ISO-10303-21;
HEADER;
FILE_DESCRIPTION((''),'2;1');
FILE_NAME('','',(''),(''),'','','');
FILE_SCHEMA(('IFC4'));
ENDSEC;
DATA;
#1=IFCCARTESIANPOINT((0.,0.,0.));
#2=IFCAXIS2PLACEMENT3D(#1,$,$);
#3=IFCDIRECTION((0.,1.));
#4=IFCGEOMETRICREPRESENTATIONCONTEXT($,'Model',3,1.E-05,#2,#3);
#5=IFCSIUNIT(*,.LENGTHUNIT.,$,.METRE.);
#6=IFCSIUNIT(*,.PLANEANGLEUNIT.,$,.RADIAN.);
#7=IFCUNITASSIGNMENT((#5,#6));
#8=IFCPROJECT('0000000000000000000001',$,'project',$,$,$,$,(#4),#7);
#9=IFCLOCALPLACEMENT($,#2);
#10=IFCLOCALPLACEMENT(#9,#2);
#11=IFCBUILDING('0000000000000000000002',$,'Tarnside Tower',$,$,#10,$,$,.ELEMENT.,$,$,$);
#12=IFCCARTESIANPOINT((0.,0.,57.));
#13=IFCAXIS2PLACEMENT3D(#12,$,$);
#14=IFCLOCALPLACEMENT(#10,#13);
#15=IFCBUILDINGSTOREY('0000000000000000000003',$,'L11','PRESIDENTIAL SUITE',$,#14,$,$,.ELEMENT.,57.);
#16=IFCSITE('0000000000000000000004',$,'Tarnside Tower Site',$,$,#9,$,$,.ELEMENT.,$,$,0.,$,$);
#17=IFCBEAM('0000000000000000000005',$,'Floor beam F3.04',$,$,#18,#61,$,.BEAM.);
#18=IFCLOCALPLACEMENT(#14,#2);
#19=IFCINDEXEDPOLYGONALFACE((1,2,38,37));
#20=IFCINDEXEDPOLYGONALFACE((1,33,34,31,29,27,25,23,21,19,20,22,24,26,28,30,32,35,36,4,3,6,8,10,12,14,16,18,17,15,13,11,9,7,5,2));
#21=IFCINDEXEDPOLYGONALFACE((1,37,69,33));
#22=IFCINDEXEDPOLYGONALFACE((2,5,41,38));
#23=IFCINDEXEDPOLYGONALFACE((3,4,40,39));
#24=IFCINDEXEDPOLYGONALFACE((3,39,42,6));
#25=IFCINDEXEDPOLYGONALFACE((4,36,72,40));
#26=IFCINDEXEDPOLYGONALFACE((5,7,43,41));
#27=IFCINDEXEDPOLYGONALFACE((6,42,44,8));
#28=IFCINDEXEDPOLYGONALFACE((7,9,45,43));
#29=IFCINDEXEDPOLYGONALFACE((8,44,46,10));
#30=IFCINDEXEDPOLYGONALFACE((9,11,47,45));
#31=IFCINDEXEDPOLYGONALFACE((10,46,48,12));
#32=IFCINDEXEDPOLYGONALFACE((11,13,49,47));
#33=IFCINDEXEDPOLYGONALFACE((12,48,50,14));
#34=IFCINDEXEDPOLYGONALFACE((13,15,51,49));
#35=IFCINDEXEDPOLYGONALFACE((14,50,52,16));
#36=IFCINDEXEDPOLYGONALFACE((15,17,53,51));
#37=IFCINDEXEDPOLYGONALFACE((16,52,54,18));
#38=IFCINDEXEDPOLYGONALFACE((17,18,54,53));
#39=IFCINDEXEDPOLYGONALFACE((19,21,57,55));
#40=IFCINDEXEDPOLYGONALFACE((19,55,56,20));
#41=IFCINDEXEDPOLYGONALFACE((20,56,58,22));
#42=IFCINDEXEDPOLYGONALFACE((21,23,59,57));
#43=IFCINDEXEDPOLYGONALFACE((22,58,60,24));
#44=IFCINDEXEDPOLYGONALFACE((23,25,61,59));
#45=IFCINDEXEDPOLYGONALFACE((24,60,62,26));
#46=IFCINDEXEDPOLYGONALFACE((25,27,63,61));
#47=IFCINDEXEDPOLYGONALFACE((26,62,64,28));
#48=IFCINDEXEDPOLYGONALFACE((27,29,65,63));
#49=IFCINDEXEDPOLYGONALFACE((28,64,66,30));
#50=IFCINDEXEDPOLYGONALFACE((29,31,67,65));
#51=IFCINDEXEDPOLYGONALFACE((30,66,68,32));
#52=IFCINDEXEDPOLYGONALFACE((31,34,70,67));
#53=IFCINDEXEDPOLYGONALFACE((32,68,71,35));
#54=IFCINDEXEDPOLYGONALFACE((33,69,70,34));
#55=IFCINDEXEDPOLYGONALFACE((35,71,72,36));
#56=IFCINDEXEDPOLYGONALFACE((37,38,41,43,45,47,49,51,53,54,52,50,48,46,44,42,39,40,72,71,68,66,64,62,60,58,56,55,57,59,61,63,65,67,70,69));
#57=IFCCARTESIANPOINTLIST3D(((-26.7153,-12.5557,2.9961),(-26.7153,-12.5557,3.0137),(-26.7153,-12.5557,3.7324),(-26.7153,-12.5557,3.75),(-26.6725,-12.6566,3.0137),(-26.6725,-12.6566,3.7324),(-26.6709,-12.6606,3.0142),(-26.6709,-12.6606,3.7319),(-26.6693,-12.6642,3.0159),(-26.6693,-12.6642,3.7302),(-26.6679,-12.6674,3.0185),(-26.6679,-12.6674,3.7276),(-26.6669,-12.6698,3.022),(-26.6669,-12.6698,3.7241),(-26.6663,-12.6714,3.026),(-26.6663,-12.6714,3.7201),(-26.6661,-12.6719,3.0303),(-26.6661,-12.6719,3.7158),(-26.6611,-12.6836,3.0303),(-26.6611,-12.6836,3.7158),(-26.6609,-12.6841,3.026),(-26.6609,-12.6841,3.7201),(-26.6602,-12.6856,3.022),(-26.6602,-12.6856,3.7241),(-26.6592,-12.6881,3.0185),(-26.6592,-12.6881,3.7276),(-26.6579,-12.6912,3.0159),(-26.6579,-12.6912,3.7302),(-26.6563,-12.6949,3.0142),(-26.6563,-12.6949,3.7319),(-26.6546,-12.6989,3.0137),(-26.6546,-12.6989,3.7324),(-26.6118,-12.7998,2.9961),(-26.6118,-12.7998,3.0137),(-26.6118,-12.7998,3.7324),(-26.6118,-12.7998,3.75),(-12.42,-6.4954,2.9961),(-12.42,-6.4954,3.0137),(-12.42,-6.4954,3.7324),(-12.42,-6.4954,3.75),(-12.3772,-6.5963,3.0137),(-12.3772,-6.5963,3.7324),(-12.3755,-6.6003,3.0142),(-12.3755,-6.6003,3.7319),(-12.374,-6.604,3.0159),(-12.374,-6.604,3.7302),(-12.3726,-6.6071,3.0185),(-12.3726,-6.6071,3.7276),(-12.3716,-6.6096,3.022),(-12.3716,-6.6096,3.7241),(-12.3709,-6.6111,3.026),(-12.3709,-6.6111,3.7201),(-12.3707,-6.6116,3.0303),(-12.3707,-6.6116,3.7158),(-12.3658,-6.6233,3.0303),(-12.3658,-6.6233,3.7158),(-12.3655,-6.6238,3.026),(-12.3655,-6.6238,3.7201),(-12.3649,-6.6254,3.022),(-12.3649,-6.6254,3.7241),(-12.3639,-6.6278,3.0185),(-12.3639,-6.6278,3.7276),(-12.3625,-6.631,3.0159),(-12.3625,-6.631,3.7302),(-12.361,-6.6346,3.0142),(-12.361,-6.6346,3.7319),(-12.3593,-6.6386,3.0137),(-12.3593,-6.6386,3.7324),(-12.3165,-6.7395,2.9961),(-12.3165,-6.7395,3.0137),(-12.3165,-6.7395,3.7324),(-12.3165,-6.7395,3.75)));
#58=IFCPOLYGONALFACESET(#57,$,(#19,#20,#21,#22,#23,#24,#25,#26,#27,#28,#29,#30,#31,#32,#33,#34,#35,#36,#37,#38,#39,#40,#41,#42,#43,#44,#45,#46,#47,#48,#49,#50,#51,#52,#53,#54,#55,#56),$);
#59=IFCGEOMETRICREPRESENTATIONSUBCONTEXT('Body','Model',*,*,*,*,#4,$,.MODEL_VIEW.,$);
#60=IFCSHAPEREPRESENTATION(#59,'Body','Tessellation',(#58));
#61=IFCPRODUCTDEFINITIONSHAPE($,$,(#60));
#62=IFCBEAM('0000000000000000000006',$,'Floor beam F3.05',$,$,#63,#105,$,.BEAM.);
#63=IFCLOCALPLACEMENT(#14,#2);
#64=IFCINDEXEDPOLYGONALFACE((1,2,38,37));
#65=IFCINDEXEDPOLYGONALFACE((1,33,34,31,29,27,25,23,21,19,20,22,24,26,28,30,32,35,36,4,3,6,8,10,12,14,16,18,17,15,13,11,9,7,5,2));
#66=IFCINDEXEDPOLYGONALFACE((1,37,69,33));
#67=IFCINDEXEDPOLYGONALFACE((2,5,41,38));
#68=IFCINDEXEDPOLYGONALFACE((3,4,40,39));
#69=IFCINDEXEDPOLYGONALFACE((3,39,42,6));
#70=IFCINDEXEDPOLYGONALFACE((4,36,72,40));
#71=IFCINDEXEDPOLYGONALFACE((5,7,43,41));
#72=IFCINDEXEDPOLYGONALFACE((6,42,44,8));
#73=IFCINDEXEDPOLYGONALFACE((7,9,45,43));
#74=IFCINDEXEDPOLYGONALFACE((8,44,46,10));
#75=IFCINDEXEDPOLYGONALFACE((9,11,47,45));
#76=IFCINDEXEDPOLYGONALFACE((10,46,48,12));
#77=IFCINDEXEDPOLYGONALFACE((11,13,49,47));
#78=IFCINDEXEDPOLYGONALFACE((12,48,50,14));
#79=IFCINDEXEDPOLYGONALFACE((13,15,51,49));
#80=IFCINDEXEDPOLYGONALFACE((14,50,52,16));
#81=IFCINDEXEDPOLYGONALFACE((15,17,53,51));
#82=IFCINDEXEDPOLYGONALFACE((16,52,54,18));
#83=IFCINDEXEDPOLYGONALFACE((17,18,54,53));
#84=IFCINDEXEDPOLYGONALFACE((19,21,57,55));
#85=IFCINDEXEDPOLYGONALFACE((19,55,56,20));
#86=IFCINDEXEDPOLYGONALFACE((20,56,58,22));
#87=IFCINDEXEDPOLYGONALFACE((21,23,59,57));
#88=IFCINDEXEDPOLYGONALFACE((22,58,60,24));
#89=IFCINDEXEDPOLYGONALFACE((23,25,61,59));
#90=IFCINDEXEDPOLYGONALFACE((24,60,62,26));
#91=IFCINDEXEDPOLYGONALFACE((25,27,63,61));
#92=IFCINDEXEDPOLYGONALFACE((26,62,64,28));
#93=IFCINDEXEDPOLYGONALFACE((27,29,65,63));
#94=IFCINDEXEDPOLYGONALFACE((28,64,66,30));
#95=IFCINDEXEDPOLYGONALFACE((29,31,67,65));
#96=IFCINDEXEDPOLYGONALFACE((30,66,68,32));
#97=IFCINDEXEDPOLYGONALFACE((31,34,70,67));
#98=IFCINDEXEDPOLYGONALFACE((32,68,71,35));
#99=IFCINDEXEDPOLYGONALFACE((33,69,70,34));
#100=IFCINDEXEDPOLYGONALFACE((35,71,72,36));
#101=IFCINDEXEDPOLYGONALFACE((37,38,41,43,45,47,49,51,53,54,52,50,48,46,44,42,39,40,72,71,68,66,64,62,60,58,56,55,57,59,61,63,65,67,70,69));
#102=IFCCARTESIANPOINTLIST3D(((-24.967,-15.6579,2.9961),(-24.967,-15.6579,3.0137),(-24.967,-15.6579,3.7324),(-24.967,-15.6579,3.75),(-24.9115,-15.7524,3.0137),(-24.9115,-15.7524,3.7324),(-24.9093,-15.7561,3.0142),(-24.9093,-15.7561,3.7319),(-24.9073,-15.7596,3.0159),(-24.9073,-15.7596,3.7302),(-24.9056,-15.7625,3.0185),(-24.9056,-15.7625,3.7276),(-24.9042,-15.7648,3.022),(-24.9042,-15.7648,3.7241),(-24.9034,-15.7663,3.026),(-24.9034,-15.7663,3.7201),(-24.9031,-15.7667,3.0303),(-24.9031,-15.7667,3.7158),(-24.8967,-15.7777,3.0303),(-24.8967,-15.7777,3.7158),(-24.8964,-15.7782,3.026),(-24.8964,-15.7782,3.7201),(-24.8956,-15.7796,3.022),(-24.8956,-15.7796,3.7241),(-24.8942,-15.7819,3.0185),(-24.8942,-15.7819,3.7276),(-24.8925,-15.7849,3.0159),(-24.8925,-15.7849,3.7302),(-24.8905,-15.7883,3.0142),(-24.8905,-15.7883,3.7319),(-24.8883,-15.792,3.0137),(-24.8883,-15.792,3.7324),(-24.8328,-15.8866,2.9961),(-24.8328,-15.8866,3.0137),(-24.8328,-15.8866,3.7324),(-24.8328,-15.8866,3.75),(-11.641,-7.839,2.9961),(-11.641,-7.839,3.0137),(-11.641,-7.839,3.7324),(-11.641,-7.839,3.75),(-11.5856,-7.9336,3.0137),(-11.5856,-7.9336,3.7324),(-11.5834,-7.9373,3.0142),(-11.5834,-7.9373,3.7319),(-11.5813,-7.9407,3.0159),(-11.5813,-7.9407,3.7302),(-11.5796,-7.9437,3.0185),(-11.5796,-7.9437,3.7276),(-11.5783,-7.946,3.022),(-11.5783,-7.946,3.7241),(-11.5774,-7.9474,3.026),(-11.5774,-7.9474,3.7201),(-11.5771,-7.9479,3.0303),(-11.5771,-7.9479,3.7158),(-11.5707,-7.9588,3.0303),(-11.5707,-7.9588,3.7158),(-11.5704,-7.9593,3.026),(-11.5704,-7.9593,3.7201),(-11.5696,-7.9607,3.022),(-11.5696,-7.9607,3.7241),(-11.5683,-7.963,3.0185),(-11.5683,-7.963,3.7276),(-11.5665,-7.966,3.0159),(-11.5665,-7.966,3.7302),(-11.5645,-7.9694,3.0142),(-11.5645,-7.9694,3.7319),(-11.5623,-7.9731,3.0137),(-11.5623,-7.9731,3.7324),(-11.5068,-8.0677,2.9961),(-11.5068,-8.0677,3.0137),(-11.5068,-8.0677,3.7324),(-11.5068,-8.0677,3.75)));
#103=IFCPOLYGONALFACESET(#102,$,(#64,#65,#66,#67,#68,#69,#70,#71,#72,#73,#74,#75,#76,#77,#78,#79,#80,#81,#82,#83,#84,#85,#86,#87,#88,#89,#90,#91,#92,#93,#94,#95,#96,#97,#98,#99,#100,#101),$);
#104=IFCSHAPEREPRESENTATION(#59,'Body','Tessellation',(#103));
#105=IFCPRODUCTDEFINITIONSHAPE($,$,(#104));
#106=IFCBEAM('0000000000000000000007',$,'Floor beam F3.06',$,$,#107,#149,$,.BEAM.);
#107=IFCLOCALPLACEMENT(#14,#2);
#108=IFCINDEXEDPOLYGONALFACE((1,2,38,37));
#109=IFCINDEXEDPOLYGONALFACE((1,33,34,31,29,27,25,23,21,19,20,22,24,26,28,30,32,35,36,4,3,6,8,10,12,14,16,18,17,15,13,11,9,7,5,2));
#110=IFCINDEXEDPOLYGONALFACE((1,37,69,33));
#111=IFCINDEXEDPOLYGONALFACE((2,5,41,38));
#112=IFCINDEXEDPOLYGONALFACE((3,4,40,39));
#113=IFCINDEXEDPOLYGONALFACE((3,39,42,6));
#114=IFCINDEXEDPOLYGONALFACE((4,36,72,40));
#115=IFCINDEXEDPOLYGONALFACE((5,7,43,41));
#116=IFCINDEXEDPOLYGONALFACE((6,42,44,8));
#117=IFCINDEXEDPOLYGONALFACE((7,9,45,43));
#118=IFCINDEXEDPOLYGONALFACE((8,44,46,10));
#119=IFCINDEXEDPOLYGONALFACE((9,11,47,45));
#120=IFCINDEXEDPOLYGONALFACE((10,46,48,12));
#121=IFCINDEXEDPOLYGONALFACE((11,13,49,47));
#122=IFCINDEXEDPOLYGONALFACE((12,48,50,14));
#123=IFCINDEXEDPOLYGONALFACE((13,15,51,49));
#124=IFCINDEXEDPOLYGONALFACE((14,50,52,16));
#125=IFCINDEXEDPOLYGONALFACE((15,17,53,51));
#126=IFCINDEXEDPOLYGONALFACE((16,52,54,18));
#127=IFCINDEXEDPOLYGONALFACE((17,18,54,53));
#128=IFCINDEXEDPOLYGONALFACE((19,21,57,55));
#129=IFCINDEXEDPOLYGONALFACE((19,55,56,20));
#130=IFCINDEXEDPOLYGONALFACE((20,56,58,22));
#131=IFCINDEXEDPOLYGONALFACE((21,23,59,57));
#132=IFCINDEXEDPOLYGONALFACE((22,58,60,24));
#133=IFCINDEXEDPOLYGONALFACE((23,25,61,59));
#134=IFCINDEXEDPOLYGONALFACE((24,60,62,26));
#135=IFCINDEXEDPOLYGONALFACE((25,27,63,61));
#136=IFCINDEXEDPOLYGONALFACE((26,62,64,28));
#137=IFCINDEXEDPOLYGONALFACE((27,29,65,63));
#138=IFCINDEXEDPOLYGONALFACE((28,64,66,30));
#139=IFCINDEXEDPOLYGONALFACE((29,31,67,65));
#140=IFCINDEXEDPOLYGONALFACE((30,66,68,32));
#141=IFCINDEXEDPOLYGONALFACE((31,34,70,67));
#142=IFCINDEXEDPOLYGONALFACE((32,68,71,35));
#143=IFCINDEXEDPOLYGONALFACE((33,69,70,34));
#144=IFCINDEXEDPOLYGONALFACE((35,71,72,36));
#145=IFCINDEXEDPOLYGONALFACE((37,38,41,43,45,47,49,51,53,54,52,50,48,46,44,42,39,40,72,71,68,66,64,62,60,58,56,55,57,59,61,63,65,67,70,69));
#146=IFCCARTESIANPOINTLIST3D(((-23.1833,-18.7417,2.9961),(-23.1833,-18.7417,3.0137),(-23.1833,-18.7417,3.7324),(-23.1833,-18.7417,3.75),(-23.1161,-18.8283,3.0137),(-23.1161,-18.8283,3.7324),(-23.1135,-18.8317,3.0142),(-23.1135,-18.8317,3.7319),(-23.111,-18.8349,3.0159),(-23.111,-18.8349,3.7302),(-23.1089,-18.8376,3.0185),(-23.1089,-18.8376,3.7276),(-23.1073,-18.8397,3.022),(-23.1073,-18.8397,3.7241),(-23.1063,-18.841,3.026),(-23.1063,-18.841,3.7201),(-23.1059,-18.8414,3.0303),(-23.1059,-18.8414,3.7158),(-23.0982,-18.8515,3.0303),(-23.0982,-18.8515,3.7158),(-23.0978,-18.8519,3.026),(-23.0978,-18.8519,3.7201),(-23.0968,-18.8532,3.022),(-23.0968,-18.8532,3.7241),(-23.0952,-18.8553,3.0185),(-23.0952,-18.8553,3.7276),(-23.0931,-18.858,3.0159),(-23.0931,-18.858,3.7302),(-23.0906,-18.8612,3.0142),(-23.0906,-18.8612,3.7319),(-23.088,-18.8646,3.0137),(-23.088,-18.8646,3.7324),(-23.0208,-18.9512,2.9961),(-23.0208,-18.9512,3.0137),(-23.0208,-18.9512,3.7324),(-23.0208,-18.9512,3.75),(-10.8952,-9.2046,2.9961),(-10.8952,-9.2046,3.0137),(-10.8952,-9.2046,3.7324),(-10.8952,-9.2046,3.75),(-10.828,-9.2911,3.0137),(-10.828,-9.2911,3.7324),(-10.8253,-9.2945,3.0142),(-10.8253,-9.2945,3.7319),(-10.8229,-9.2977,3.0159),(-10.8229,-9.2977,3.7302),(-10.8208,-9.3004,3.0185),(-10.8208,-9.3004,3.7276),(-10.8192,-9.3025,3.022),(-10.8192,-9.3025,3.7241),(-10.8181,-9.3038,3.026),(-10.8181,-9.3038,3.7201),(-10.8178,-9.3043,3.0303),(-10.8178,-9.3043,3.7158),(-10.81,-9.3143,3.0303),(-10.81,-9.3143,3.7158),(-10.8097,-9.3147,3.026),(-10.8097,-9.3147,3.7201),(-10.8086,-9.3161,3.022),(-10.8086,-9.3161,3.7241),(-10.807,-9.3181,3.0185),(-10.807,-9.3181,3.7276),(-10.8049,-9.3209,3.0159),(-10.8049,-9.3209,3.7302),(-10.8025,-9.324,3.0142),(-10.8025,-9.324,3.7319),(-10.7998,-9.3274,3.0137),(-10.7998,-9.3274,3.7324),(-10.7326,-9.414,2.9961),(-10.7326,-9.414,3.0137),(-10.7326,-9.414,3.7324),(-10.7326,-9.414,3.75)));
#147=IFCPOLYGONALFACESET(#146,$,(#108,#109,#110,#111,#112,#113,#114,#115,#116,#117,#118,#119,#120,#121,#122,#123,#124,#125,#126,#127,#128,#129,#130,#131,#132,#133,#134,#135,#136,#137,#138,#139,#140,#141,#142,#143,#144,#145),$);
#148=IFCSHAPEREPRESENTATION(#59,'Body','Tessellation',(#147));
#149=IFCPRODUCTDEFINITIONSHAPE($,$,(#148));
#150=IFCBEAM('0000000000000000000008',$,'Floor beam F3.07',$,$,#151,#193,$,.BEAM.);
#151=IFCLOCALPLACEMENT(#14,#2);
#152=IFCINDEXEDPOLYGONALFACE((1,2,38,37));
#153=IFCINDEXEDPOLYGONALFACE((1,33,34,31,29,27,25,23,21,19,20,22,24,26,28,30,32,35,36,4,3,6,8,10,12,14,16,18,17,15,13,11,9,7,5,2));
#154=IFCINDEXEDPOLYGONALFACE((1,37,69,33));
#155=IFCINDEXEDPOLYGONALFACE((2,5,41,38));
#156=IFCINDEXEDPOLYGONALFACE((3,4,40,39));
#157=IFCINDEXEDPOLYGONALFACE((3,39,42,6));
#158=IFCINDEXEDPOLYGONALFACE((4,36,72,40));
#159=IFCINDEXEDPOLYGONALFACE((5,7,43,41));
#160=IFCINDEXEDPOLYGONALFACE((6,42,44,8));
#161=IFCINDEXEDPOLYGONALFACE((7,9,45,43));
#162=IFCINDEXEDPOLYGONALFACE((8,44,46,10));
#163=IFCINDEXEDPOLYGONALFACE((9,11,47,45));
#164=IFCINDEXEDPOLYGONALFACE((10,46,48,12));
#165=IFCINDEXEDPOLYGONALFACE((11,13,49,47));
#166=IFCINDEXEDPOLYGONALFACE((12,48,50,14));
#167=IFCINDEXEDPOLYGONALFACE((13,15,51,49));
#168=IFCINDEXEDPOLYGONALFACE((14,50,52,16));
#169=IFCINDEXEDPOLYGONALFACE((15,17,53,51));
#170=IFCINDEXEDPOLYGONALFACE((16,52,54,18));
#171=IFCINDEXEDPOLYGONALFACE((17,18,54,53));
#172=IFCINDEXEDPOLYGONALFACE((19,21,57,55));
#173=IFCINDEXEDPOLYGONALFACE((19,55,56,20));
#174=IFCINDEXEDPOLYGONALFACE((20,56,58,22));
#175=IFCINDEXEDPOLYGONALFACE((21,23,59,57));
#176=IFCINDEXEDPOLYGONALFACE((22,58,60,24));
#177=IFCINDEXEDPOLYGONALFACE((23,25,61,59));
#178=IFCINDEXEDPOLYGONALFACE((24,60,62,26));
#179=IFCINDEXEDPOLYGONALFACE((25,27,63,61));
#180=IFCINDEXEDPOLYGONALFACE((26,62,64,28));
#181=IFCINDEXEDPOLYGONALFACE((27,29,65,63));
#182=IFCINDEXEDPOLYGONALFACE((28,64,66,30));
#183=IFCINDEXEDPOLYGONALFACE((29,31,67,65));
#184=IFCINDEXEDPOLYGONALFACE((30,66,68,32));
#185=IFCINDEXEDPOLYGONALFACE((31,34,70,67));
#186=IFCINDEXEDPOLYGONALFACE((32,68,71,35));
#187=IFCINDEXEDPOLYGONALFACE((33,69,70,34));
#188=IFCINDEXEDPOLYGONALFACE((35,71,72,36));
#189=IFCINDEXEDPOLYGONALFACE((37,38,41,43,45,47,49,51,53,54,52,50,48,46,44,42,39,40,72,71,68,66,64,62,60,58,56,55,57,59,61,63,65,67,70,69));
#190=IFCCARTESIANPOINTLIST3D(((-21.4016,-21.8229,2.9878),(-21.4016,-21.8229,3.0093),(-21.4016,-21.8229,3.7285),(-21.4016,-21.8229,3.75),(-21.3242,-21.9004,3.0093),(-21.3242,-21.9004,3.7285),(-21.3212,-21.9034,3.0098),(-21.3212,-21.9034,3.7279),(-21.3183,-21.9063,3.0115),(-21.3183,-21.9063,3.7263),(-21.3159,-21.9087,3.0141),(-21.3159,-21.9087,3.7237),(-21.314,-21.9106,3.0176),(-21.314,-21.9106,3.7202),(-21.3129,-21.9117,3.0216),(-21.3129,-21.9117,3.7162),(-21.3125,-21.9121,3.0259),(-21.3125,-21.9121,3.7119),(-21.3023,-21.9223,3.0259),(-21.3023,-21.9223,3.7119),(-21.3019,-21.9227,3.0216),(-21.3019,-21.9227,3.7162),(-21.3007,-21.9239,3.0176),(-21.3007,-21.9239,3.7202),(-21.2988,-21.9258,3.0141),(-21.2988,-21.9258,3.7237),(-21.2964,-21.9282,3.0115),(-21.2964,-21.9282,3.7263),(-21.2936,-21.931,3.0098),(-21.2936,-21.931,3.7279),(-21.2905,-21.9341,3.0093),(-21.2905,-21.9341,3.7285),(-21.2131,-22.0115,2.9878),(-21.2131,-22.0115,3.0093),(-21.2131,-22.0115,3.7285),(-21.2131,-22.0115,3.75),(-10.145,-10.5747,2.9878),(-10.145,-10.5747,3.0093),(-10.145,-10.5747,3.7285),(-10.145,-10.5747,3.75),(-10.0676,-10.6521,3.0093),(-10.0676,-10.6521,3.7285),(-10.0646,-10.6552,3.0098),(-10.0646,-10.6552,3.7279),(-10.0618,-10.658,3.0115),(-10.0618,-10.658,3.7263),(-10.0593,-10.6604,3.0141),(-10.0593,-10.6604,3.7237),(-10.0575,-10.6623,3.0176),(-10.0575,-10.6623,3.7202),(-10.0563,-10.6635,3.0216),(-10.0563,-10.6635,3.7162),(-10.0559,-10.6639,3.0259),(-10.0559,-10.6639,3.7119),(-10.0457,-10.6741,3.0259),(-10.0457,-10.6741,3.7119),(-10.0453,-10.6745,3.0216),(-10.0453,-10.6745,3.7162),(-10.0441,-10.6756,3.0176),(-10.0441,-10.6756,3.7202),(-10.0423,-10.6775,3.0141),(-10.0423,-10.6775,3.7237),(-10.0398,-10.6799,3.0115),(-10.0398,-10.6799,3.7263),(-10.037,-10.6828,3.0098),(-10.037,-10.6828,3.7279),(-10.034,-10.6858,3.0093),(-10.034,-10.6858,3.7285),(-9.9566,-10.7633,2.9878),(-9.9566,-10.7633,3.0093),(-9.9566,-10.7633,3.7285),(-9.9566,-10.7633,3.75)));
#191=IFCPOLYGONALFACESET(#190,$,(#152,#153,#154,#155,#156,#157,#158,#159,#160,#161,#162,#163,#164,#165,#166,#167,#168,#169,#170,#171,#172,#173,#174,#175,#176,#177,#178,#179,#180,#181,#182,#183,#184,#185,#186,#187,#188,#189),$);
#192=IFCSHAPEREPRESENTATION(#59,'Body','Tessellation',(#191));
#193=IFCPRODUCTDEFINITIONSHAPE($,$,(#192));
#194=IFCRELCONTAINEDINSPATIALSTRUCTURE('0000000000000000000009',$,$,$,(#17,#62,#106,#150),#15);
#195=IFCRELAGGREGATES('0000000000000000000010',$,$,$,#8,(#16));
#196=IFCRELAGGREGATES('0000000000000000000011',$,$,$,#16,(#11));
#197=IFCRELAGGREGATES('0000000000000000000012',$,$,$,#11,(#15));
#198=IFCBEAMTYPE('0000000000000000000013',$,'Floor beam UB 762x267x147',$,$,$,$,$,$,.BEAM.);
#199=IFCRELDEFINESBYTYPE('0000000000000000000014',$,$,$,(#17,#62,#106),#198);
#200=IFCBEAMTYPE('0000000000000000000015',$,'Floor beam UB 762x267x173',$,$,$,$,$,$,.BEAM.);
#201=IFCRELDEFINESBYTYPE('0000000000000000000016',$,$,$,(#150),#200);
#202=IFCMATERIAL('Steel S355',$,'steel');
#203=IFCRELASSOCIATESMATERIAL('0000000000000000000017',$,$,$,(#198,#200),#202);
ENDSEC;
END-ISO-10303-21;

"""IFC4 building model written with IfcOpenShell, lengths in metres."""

from ifc_helpers import new_model, si_unit, direction, frame, origin, origin_2d, place, context, subcontext, project, spatial, i_section, extrude, material, material_profile, profile_set, type_object, element, save


model = new_model("IFC4")

# Units and contexts
model_context = context("Model", 3, precision=1e-05, world=origin(), true_north=direction((0.0, 1.0)))
body_context = subcontext(model_context, "Body", "Model", "MODEL_VIEW")
ifc_project = project(units=[si_unit("LENGTHUNIT", "METRE"), si_unit("PLANEANGLEUNIT", "RADIAN")], contexts=[model_context])

# Site, building, storey
site_placement = place(None, origin())
site = spatial("IfcSite", under=ifc_project, at=site_placement, Name="Tarnside Tower Site", CompositionType="ELEMENT", RefElevation=0.0)
building_placement = place(site_placement, origin())
building = spatial("IfcBuilding", under=site, at=building_placement, Name="Tarnside Tower", CompositionType="ELEMENT")
storey_placement = place(building_placement, frame((0.0, 0.0, 57.0)))
storey = spatial("IfcBuildingStorey", under=building, at=storey_placement, Name="L11", Description="PRESIDENTIAL SUITE", CompositionType="ELEMENT", Elevation=57.0)

# Beams
ifc_material_1 = material(Name="Steel S355", Category="steel")
ifc_material_profile_1 = material_profile(ifc_material_1, i_section(OverallWidth=0.2651, OverallDepth=0.7539, WebThickness=0.0127, FlangeThickness=0.0176, FilletRadius=0.0166, at=origin_2d()), Name="UB 762x267x147")
ifc_profile_set_1 = profile_set([ifc_material_profile_1], Name="Steel S355")
beam_type_1 = type_object("IfcBeamType", Name="Floor beam UB 762x267x147", PredefinedType="BEAM", material=ifc_profile_set_1)
beam_1_placement = place(storey_placement, frame((-26.6636, -12.6777, 3.373), z_axis=(0.920684, 0.390309, 0.0), x_axis=(-0.390309, 0.920684, 0.0)))
element("IfcBeam", 1, at=beam_1_placement, inside=storey, type_object=beam_type_1, Name="Floor beam F3.04", PredefinedType="BEAM", context=body_context, shape_type="SweptSolid", body=[
    extrude(i_section(OverallWidth=0.2651, OverallDepth=0.7539, WebThickness=0.0127, FlangeThickness=0.0176, FilletRadius=0.0166, at=origin_2d()), origin(), (0.0, 0.0, 1.0), 15.5269),
])
beam_2_placement = place(storey_placement, frame((-24.8999, -15.7722, 3.373), z_axis=(0.862498, 0.506061, 0.0), x_axis=(-0.506061, 0.862498, 0.0)))
element("IfcBeam", 2, at=beam_2_placement, inside=storey, type_object=beam_type_1, Name="Floor beam F3.05", PredefinedType="BEAM", context=body_context, shape_type="SweptSolid", body=[
    extrude(i_section(OverallWidth=0.2651, OverallDepth=0.7539, WebThickness=0.0127, FlangeThickness=0.0176, FilletRadius=0.0166, at=origin_2d()), origin(), (0.0, 0.0, 1.0), 15.4504),
])
beam_3_placement = place(storey_placement, frame((-23.1021, -18.8464, 3.373), z_axis=(0.789984, 0.613128, 0.0), x_axis=(-0.613128, 0.789984, 0.0)))
element("IfcBeam", 3, at=beam_3_placement, inside=storey, type_object=beam_type_1, Name="Floor beam F3.06", PredefinedType="BEAM", context=body_context, shape_type="SweptSolid", body=[
    extrude(i_section(OverallWidth=0.2651, OverallDepth=0.7539, WebThickness=0.0127, FlangeThickness=0.0176, FilletRadius=0.0166, at=origin_2d()), origin(), (0.0, 0.0, 1.0), 15.5549),
])
ifc_material_profile_2 = material_profile(ifc_material_1, i_section(OverallWidth=0.2666, OverallDepth=0.7622, WebThickness=0.0144, FlangeThickness=0.0215, FilletRadius=0.0166, at=origin_2d()), Name="UB 762x267x173")
ifc_profile_set_2 = profile_set([ifc_material_profile_2], Name="Steel S355")
beam_type_2 = type_object("IfcBeamType", Name="Floor beam UB 762x267x173", PredefinedType="BEAM", material=ifc_profile_set_2)
beam_4_placement = place(storey_placement, frame((-21.3074, -21.9172, 3.3689), z_axis=(0.707368, 0.706846, 0.0), x_axis=(-0.706846, 0.707368, 0.0)))
element("IfcBeam", 4, at=beam_4_placement, inside=storey, type_object=beam_type_2, Name="Floor beam F3.07", PredefinedType="BEAM", context=body_context, shape_type="SweptSolid", body=[
    extrude(i_section(OverallWidth=0.2666, OverallDepth=0.7622, WebThickness=0.0144, FlangeThickness=0.0215, FilletRadius=0.0166, at=origin_2d()), origin(), (0.0, 0.0, 1.0), 15.9133),
])

save(model, "model.ifc")
